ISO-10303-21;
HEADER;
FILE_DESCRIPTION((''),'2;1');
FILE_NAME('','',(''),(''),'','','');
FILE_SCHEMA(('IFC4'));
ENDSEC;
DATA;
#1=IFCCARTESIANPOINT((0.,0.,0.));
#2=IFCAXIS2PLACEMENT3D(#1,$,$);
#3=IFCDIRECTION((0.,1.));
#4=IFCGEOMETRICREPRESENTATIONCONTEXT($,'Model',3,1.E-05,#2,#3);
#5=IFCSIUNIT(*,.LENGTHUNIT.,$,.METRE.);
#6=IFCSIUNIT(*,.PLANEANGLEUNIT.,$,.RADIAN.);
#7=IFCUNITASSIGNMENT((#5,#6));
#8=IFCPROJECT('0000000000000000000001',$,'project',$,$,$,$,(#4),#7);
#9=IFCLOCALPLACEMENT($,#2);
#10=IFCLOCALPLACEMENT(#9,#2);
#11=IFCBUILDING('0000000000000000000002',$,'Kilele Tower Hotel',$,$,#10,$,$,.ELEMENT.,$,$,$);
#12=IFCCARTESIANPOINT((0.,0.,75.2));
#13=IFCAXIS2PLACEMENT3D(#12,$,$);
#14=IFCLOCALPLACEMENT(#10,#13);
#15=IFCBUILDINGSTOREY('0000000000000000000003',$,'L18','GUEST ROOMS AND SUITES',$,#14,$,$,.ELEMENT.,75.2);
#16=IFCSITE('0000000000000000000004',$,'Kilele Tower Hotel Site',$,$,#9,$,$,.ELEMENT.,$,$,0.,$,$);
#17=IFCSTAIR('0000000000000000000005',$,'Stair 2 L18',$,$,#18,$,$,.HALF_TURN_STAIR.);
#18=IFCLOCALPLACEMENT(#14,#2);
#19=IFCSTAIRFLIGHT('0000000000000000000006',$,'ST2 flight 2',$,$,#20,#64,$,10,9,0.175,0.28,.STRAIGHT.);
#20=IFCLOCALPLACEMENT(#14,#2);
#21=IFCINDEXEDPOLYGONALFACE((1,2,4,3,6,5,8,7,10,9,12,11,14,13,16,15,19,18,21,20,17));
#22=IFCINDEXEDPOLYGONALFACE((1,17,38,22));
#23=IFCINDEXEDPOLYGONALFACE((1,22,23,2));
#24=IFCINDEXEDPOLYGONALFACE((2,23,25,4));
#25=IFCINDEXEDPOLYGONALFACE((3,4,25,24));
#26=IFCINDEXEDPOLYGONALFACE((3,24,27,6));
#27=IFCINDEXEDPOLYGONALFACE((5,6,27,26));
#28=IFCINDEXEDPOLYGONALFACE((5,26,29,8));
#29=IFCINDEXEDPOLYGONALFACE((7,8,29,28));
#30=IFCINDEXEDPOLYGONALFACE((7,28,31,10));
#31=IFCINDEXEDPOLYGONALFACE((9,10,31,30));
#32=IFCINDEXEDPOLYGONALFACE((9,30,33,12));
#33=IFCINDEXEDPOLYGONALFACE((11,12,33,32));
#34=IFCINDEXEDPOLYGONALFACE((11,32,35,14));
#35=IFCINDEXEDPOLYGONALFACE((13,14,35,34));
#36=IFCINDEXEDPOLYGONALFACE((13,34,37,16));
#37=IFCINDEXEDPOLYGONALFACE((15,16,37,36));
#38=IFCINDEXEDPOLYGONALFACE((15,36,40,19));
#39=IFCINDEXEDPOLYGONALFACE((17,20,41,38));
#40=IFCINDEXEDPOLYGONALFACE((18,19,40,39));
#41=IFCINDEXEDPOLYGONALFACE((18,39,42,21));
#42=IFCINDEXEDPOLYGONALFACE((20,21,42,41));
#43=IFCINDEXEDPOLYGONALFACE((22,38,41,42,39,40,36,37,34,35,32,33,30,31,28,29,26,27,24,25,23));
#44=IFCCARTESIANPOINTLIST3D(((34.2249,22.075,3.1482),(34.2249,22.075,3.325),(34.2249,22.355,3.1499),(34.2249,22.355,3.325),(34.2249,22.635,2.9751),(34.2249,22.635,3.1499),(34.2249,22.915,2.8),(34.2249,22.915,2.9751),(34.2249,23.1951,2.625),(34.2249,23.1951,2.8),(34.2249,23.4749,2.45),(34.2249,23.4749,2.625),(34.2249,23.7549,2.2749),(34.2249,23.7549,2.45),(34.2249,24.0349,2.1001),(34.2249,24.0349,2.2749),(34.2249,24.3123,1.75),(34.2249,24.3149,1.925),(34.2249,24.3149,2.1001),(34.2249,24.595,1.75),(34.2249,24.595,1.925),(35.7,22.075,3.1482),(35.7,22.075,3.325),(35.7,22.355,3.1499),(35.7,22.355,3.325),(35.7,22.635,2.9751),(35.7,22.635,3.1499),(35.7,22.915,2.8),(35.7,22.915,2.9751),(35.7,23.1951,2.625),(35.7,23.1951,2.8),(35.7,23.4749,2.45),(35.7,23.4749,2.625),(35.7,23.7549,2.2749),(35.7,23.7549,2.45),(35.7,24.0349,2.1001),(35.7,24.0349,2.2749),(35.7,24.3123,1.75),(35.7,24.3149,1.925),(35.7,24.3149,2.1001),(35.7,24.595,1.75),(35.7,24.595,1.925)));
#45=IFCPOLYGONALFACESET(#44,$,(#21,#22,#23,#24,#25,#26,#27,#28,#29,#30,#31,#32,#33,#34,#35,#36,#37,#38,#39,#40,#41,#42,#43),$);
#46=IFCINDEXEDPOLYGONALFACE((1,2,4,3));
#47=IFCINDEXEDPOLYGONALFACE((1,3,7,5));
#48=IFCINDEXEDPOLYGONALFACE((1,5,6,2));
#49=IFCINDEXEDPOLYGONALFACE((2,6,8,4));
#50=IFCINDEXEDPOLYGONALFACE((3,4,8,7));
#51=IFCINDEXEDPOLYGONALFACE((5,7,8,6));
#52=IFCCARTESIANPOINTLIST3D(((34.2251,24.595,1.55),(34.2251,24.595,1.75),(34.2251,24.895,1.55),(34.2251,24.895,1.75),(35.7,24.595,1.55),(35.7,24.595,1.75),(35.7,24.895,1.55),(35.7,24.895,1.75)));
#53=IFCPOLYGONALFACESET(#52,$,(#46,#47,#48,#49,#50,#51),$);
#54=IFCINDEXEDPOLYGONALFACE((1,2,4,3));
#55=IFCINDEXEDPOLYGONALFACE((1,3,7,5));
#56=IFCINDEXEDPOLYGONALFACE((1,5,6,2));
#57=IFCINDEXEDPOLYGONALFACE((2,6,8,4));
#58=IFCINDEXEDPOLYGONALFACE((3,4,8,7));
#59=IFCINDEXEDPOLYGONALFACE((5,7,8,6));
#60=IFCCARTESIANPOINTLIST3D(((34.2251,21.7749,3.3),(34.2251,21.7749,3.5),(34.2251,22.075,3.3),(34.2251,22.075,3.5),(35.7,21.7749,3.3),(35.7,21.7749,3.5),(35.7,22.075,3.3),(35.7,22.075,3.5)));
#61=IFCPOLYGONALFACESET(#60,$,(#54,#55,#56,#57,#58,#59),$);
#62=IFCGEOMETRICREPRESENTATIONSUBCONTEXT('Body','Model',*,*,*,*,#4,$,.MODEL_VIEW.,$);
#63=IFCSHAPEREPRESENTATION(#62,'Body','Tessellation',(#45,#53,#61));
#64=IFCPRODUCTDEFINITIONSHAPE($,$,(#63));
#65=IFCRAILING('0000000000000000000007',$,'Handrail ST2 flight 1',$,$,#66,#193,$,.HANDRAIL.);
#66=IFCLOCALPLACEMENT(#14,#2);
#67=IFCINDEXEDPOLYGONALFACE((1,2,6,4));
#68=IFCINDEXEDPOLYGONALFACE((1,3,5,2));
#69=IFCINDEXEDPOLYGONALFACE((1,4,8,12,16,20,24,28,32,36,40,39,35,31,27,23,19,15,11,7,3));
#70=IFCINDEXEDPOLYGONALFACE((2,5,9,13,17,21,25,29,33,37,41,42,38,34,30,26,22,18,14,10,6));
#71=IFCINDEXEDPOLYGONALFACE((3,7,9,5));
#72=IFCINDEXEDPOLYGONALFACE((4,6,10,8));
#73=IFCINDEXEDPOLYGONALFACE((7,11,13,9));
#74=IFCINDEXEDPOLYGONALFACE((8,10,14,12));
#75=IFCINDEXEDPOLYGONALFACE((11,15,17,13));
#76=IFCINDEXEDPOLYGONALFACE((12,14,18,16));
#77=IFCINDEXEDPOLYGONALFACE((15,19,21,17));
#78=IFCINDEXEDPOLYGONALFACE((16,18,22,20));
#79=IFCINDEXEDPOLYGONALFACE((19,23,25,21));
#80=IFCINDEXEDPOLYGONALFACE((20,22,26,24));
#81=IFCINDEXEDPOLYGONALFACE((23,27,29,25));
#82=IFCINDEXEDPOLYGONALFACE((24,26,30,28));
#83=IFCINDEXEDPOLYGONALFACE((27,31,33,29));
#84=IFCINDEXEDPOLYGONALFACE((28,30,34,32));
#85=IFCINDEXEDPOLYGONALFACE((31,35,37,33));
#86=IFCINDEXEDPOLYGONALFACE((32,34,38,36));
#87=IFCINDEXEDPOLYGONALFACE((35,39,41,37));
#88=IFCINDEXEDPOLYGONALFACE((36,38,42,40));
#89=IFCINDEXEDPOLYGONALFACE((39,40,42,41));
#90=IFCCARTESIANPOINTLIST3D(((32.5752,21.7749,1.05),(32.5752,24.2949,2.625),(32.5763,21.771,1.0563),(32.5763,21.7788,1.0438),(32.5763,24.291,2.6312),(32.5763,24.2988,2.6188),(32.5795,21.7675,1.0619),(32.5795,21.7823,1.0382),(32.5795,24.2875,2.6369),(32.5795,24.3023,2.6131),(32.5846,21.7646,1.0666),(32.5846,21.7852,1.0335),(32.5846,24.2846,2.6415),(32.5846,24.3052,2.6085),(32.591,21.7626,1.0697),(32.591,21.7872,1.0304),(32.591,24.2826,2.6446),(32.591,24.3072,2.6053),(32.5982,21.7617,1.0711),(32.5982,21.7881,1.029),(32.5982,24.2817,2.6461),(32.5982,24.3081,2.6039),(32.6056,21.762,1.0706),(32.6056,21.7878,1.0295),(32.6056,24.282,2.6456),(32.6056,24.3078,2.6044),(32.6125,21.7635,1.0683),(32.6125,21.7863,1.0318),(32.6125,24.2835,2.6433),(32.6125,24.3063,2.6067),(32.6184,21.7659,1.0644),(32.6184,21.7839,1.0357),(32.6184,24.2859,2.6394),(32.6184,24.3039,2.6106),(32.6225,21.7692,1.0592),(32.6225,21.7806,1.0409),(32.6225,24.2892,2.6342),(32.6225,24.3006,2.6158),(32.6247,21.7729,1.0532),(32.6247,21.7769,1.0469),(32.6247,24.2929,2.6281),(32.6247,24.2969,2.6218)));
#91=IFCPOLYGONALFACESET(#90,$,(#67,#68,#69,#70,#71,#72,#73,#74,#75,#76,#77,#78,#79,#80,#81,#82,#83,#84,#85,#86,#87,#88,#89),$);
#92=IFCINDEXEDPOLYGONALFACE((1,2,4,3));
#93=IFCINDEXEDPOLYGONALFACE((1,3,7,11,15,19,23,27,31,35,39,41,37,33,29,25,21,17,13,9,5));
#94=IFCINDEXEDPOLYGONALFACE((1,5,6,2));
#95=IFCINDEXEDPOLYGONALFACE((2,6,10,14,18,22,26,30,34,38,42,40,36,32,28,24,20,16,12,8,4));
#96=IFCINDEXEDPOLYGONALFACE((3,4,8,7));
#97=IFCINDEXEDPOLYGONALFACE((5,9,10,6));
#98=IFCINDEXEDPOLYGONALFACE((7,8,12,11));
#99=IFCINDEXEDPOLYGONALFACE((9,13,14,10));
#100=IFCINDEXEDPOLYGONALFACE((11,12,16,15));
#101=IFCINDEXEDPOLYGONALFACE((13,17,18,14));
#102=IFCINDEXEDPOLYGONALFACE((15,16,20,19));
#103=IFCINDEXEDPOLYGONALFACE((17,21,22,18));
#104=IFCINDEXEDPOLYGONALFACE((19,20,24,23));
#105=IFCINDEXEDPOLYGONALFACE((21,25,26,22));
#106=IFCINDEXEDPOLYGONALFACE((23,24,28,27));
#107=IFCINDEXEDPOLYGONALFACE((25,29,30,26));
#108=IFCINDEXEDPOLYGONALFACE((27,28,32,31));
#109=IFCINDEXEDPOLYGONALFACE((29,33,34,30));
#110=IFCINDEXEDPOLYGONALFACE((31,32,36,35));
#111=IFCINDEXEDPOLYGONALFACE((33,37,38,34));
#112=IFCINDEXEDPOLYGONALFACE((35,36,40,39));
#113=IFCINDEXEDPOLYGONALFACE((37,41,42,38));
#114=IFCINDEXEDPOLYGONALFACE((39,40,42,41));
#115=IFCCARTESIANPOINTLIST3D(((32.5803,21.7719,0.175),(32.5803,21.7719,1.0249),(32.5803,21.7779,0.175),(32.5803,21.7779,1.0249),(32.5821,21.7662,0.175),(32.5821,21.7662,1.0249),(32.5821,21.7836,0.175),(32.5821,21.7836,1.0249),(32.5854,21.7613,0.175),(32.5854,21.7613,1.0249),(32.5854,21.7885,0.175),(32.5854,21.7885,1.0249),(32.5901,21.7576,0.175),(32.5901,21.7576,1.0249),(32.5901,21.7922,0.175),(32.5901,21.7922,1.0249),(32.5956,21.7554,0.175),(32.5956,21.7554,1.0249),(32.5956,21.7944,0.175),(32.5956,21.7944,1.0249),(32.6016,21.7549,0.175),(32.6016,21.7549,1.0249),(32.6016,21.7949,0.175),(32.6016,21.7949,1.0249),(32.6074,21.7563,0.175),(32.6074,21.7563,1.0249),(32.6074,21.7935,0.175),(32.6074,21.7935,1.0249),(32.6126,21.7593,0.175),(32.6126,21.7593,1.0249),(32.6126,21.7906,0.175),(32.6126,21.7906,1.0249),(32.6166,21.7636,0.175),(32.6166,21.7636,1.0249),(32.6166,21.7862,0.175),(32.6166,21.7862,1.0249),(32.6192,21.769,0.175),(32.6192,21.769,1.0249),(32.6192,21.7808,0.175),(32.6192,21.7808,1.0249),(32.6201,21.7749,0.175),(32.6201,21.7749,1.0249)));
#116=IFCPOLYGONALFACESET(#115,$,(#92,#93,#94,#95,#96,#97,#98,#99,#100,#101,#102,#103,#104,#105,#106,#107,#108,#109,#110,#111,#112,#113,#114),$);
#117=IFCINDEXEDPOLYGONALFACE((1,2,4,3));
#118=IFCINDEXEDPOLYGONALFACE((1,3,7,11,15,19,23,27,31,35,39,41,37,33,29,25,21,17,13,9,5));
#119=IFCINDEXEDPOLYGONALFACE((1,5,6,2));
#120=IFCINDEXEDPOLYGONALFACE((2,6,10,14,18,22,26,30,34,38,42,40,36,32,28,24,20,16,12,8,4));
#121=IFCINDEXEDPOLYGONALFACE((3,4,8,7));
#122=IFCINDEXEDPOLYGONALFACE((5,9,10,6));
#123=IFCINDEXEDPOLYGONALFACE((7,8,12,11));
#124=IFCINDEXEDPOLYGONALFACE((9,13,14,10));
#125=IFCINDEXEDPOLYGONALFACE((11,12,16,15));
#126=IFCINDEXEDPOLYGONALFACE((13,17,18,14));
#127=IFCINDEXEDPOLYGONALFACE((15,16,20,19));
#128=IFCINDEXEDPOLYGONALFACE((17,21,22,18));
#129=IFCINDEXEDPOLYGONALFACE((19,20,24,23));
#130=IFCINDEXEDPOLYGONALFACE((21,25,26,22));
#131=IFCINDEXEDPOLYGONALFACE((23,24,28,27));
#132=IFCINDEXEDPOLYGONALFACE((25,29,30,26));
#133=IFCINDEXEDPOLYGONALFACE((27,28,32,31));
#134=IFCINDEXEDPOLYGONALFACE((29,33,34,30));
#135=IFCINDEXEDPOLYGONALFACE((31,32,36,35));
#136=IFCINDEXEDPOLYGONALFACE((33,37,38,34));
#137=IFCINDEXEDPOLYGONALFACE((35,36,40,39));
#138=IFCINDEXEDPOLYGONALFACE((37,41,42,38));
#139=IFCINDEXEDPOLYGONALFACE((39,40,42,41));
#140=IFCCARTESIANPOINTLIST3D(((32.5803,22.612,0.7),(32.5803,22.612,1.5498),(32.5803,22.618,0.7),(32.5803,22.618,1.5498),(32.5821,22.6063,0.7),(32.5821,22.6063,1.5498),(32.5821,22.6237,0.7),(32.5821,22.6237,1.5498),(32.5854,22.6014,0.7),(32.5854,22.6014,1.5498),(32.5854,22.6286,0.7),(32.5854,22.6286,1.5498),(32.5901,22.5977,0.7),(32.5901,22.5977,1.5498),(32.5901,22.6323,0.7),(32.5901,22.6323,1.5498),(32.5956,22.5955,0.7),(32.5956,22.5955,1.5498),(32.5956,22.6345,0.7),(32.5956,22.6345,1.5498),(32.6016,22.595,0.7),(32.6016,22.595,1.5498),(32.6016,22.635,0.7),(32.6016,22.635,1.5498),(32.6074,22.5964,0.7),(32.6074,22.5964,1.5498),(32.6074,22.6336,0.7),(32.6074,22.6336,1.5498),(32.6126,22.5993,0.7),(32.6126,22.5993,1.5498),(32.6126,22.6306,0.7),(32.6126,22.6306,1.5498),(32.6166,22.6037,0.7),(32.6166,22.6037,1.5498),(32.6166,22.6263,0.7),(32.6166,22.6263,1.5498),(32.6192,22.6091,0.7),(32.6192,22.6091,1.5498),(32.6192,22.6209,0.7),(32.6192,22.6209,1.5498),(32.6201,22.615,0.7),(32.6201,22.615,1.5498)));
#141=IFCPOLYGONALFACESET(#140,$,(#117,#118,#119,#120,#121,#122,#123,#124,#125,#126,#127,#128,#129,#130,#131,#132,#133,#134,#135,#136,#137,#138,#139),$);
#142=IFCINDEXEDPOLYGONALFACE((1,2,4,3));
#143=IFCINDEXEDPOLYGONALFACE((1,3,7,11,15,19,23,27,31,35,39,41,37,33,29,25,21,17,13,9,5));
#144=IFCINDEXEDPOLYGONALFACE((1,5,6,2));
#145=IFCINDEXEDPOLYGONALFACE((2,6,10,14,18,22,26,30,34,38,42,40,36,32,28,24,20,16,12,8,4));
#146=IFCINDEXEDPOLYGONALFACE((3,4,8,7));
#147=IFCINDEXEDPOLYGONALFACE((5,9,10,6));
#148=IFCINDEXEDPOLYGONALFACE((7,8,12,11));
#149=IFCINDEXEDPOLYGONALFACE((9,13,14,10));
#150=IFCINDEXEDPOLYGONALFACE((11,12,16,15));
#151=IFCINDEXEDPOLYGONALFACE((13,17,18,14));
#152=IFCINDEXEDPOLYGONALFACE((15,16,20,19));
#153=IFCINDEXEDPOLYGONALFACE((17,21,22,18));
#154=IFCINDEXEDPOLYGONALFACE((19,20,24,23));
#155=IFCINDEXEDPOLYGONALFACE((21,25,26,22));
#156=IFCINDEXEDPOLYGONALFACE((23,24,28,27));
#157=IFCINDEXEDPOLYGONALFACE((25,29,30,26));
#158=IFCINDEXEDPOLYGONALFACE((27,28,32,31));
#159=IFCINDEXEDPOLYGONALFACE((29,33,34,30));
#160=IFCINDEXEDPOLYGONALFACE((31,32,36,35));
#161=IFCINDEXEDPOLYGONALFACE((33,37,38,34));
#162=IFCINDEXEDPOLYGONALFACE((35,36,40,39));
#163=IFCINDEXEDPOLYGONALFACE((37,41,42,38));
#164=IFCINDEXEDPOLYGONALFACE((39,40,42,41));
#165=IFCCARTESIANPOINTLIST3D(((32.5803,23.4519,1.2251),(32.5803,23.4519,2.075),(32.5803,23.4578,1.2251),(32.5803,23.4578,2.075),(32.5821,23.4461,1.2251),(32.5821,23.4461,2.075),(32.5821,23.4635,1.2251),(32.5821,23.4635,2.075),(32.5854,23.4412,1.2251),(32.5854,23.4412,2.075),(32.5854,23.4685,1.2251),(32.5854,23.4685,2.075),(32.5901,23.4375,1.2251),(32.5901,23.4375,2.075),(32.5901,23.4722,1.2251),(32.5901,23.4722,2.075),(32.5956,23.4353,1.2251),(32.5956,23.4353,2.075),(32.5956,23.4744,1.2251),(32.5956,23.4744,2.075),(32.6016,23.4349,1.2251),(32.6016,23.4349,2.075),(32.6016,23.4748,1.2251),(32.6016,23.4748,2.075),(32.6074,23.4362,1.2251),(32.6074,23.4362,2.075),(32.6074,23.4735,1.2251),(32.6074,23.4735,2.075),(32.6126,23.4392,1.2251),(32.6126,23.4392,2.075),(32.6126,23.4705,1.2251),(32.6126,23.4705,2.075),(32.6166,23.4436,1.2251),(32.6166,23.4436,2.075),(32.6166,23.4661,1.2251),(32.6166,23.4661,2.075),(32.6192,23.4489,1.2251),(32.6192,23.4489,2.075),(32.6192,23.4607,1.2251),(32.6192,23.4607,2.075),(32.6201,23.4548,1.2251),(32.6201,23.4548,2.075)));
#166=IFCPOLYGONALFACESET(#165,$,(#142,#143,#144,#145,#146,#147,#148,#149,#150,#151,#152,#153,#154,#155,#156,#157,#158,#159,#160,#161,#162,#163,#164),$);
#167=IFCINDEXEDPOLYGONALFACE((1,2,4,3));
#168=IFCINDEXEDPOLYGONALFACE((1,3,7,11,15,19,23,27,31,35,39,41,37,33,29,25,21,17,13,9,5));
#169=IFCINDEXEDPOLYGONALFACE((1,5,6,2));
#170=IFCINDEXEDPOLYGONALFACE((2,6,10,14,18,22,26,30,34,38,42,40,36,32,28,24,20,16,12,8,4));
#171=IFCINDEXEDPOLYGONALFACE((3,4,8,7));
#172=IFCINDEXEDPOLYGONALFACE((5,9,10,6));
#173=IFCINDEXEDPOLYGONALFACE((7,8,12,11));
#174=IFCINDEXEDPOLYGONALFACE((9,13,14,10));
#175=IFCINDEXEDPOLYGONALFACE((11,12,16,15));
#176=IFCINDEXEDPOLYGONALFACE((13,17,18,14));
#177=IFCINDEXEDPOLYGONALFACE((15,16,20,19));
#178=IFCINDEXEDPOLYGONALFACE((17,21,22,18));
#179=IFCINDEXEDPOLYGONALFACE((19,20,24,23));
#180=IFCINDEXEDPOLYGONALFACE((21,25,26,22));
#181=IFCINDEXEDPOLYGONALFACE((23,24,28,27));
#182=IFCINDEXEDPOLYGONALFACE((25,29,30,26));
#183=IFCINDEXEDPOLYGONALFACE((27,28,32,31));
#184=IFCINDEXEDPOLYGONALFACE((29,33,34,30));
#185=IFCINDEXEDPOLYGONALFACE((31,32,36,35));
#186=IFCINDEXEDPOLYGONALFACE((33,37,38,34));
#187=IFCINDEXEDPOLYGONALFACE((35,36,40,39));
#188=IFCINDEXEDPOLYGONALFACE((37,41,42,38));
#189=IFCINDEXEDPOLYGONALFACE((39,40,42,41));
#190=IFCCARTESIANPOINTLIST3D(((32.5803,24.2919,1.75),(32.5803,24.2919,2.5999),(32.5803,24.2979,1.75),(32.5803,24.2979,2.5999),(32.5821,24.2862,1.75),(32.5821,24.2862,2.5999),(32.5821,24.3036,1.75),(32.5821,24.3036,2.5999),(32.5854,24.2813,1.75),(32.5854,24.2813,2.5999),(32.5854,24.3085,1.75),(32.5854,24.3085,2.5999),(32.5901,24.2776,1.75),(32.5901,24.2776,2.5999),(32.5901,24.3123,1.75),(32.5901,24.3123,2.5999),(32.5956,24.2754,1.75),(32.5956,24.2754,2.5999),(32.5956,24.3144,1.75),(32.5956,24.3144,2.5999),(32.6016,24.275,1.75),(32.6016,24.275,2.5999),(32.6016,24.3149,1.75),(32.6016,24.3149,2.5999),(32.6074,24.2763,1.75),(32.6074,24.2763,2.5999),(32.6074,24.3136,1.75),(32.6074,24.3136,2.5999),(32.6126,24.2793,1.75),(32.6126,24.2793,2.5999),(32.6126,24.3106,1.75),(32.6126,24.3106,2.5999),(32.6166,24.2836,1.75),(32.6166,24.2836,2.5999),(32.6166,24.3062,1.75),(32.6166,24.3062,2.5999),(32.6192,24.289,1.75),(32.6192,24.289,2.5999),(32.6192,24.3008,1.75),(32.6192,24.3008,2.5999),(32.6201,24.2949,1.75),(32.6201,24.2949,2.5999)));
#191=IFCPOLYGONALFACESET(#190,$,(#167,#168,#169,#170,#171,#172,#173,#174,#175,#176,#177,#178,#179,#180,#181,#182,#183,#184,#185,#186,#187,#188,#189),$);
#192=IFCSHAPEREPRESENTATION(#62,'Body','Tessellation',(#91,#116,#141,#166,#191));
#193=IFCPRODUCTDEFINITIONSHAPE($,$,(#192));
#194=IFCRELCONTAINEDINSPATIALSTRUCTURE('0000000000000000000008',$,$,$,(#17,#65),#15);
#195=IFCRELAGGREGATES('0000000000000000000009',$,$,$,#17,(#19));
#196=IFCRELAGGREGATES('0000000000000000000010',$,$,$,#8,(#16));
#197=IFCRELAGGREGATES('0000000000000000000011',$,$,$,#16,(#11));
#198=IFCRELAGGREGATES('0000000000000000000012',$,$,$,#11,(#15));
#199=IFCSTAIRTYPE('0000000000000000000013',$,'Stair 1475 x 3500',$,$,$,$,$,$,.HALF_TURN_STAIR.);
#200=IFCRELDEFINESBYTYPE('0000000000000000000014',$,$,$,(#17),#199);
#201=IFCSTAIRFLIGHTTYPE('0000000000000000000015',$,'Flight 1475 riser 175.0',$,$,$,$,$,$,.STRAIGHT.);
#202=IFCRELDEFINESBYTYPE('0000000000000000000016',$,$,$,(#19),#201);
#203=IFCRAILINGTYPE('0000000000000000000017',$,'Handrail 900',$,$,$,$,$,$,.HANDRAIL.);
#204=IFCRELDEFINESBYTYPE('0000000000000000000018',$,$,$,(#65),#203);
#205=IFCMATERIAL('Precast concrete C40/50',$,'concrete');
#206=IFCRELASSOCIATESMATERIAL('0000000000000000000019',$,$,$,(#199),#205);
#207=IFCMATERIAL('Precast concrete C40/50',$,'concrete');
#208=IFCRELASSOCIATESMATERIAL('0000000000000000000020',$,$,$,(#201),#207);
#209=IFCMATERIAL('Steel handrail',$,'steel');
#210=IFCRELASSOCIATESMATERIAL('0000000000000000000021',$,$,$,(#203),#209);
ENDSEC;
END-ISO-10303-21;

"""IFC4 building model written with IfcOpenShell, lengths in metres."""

from ifc_helpers import new_model, si_unit, direction, frame, origin, origin_2d, place, context, subcontext, project, spatial, polyline, circle, outline, extrude, material, type_object, element, aggregate, save


model = new_model("IFC4")

# Units and contexts
model_context = context("Model", 3, precision=1e-05, world=origin(), true_north=direction((0.0, 1.0)))
body_context = subcontext(model_context, "Body", "Model", "MODEL_VIEW")
ifc_project = project(units=[si_unit("LENGTHUNIT", "METRE"), si_unit("PLANEANGLEUNIT", "RADIAN")], contexts=[model_context])

# Site, building, storey
site_placement = place(None, origin())
site = spatial("IfcSite", under=ifc_project, at=site_placement, Name="Kilele Tower Hotel Site", CompositionType="ELEMENT", RefElevation=0.0)
building_placement = place(site_placement, origin())
building = spatial("IfcBuilding", under=site, at=building_placement, Name="Kilele Tower Hotel", CompositionType="ELEMENT")
storey_placement = place(building_placement, frame((0.0, 0.0, 75.2)))
storey = spatial("IfcBuildingStorey", under=building, at=storey_placement, Name="L18", Description="GUEST ROOMS AND SUITES", CompositionType="ELEMENT", Elevation=75.2)

# Stair, stair flight
ifc_material_1 = material(Name="Precast concrete C40/50", Category="concrete")
stair_type = type_object("IfcStairType", Name="Stair 1475 x 3500", PredefinedType="HALF_TURN_STAIR", material=ifc_material_1)
stair_placement = place(storey_placement, origin())
stair = element("IfcStair", 1, at=stair_placement, inside=storey, type_object=stair_type, Name="Stair 2 L18", PredefinedType="HALF_TURN_STAIR")
ifc_material_2 = material(Name="Precast concrete C40/50", Category="concrete")
stair_flight_type = type_object("IfcStairFlightType", Name="Flight 1475 riser 175.0", PredefinedType="STRAIGHT", material=ifc_material_2)
stair_flight_1_placement = place(storey_placement, frame((34.9624, 24.595, 1.75), z_axis=(0.0, 0.0, 1.0), x_axis=(0.0, -1.0, 0.0)))
stair_flight_1 = element("IfcStairFlight", 2, at=stair_flight_1_placement, type_object=stair_flight_type, Name="ST2 flight 2", NumberOfRisers=10, NumberOfTreads=9, PredefinedType="STRAIGHT", RiserHeight=0.175, TreadLength=0.28, context=body_context, shape_type="SweptSolid", body=[
    extrude(outline(polyline([(0.0, 0.0), (0.0, 0.175), (0.28, 0.175), (0.28, 0.3501), (0.5601, 0.3501), (0.5601, 0.5249), (0.8401, 0.5249), (0.8401, 0.7), (1.1201, 0.7), (1.1201, 0.875), (1.3999, 0.875), (1.3999, 1.05), (1.6799, 1.05), (1.6799, 1.2251), (1.96, 1.2251), (1.96, 1.3999), (2.24, 1.3999), (2.24, 1.575), (2.52, 1.575), (2.52, 1.75), (2.52, 1.3982), (0.2827, 0.0), (0.0, 0.0)])), frame((0.0, 0.7375, 0.0), z_axis=(0.0, -1.0, 0.0), x_axis=(1.0, 0.0, 0.0)), (0.0, 0.0, 1.0), 1.4751),
    extrude(outline(polyline([(0.0, -0.7373), (0.0, 0.7375), (-0.3, 0.7375), (-0.3, -0.7373), (0.0, -0.7373)])), frame((0.0, 0.0, -0.2)), (0.0, 0.0, 1.0), 0.2),
    extrude(outline(polyline([(2.8201, -0.7373), (2.8201, 0.7375), (2.52, 0.7375), (2.52, -0.7373), (2.8201, -0.7373)])), frame((0.0, 0.0, 1.55)), (0.0, 0.0, 1.0), 0.2),
])
aggregate(stair, [stair_flight_1])

# Railing
ifc_material_3 = material(Name="Steel handrail", Category="steel")
railing_type_1 = type_object("IfcRailingType", Name="Handrail 900", PredefinedType="HANDRAIL", material=ifc_material_3)
for number, where, name in (
    (3, (32.6001, 21.7749, 0.175), "Handrail ST2 flight 1"),
):
    element("IfcRailing", number, at=place(storey_placement, frame(where)), inside=storey, type_object=railing_type_1, Name=name, PredefinedType="HANDRAIL", context=body_context, shape_type="SweptSolid", body=[
        extrude(circle(Radius=0.0249, at=origin_2d()), frame((0.0, 0.0, 0.875), z_axis=(0.0, 0.848008, 0.529984), x_axis=(-1.0, 0.0, 0.0)), (0.0, 0.0, 1.0), 2.9717),
        extrude(circle(Radius=0.02, at=origin_2d()), origin(), (0.0, 0.0, 1.0), 0.8499),
        extrude(circle(Radius=0.02, at=origin_2d()), frame((0.0, 0.8401, 0.5249)), (0.0, 0.0, 1.0), 0.8499),
        extrude(circle(Radius=0.02, at=origin_2d()), frame((0.0, 1.6799, 1.05)), (0.0, 0.0, 1.0), 0.8499),
        extrude(circle(Radius=0.02, at=origin_2d()), frame((0.0, 2.52, 1.575)), (0.0, 0.0, 1.0), 0.8499),
    ])

save(model, "model.ifc")
